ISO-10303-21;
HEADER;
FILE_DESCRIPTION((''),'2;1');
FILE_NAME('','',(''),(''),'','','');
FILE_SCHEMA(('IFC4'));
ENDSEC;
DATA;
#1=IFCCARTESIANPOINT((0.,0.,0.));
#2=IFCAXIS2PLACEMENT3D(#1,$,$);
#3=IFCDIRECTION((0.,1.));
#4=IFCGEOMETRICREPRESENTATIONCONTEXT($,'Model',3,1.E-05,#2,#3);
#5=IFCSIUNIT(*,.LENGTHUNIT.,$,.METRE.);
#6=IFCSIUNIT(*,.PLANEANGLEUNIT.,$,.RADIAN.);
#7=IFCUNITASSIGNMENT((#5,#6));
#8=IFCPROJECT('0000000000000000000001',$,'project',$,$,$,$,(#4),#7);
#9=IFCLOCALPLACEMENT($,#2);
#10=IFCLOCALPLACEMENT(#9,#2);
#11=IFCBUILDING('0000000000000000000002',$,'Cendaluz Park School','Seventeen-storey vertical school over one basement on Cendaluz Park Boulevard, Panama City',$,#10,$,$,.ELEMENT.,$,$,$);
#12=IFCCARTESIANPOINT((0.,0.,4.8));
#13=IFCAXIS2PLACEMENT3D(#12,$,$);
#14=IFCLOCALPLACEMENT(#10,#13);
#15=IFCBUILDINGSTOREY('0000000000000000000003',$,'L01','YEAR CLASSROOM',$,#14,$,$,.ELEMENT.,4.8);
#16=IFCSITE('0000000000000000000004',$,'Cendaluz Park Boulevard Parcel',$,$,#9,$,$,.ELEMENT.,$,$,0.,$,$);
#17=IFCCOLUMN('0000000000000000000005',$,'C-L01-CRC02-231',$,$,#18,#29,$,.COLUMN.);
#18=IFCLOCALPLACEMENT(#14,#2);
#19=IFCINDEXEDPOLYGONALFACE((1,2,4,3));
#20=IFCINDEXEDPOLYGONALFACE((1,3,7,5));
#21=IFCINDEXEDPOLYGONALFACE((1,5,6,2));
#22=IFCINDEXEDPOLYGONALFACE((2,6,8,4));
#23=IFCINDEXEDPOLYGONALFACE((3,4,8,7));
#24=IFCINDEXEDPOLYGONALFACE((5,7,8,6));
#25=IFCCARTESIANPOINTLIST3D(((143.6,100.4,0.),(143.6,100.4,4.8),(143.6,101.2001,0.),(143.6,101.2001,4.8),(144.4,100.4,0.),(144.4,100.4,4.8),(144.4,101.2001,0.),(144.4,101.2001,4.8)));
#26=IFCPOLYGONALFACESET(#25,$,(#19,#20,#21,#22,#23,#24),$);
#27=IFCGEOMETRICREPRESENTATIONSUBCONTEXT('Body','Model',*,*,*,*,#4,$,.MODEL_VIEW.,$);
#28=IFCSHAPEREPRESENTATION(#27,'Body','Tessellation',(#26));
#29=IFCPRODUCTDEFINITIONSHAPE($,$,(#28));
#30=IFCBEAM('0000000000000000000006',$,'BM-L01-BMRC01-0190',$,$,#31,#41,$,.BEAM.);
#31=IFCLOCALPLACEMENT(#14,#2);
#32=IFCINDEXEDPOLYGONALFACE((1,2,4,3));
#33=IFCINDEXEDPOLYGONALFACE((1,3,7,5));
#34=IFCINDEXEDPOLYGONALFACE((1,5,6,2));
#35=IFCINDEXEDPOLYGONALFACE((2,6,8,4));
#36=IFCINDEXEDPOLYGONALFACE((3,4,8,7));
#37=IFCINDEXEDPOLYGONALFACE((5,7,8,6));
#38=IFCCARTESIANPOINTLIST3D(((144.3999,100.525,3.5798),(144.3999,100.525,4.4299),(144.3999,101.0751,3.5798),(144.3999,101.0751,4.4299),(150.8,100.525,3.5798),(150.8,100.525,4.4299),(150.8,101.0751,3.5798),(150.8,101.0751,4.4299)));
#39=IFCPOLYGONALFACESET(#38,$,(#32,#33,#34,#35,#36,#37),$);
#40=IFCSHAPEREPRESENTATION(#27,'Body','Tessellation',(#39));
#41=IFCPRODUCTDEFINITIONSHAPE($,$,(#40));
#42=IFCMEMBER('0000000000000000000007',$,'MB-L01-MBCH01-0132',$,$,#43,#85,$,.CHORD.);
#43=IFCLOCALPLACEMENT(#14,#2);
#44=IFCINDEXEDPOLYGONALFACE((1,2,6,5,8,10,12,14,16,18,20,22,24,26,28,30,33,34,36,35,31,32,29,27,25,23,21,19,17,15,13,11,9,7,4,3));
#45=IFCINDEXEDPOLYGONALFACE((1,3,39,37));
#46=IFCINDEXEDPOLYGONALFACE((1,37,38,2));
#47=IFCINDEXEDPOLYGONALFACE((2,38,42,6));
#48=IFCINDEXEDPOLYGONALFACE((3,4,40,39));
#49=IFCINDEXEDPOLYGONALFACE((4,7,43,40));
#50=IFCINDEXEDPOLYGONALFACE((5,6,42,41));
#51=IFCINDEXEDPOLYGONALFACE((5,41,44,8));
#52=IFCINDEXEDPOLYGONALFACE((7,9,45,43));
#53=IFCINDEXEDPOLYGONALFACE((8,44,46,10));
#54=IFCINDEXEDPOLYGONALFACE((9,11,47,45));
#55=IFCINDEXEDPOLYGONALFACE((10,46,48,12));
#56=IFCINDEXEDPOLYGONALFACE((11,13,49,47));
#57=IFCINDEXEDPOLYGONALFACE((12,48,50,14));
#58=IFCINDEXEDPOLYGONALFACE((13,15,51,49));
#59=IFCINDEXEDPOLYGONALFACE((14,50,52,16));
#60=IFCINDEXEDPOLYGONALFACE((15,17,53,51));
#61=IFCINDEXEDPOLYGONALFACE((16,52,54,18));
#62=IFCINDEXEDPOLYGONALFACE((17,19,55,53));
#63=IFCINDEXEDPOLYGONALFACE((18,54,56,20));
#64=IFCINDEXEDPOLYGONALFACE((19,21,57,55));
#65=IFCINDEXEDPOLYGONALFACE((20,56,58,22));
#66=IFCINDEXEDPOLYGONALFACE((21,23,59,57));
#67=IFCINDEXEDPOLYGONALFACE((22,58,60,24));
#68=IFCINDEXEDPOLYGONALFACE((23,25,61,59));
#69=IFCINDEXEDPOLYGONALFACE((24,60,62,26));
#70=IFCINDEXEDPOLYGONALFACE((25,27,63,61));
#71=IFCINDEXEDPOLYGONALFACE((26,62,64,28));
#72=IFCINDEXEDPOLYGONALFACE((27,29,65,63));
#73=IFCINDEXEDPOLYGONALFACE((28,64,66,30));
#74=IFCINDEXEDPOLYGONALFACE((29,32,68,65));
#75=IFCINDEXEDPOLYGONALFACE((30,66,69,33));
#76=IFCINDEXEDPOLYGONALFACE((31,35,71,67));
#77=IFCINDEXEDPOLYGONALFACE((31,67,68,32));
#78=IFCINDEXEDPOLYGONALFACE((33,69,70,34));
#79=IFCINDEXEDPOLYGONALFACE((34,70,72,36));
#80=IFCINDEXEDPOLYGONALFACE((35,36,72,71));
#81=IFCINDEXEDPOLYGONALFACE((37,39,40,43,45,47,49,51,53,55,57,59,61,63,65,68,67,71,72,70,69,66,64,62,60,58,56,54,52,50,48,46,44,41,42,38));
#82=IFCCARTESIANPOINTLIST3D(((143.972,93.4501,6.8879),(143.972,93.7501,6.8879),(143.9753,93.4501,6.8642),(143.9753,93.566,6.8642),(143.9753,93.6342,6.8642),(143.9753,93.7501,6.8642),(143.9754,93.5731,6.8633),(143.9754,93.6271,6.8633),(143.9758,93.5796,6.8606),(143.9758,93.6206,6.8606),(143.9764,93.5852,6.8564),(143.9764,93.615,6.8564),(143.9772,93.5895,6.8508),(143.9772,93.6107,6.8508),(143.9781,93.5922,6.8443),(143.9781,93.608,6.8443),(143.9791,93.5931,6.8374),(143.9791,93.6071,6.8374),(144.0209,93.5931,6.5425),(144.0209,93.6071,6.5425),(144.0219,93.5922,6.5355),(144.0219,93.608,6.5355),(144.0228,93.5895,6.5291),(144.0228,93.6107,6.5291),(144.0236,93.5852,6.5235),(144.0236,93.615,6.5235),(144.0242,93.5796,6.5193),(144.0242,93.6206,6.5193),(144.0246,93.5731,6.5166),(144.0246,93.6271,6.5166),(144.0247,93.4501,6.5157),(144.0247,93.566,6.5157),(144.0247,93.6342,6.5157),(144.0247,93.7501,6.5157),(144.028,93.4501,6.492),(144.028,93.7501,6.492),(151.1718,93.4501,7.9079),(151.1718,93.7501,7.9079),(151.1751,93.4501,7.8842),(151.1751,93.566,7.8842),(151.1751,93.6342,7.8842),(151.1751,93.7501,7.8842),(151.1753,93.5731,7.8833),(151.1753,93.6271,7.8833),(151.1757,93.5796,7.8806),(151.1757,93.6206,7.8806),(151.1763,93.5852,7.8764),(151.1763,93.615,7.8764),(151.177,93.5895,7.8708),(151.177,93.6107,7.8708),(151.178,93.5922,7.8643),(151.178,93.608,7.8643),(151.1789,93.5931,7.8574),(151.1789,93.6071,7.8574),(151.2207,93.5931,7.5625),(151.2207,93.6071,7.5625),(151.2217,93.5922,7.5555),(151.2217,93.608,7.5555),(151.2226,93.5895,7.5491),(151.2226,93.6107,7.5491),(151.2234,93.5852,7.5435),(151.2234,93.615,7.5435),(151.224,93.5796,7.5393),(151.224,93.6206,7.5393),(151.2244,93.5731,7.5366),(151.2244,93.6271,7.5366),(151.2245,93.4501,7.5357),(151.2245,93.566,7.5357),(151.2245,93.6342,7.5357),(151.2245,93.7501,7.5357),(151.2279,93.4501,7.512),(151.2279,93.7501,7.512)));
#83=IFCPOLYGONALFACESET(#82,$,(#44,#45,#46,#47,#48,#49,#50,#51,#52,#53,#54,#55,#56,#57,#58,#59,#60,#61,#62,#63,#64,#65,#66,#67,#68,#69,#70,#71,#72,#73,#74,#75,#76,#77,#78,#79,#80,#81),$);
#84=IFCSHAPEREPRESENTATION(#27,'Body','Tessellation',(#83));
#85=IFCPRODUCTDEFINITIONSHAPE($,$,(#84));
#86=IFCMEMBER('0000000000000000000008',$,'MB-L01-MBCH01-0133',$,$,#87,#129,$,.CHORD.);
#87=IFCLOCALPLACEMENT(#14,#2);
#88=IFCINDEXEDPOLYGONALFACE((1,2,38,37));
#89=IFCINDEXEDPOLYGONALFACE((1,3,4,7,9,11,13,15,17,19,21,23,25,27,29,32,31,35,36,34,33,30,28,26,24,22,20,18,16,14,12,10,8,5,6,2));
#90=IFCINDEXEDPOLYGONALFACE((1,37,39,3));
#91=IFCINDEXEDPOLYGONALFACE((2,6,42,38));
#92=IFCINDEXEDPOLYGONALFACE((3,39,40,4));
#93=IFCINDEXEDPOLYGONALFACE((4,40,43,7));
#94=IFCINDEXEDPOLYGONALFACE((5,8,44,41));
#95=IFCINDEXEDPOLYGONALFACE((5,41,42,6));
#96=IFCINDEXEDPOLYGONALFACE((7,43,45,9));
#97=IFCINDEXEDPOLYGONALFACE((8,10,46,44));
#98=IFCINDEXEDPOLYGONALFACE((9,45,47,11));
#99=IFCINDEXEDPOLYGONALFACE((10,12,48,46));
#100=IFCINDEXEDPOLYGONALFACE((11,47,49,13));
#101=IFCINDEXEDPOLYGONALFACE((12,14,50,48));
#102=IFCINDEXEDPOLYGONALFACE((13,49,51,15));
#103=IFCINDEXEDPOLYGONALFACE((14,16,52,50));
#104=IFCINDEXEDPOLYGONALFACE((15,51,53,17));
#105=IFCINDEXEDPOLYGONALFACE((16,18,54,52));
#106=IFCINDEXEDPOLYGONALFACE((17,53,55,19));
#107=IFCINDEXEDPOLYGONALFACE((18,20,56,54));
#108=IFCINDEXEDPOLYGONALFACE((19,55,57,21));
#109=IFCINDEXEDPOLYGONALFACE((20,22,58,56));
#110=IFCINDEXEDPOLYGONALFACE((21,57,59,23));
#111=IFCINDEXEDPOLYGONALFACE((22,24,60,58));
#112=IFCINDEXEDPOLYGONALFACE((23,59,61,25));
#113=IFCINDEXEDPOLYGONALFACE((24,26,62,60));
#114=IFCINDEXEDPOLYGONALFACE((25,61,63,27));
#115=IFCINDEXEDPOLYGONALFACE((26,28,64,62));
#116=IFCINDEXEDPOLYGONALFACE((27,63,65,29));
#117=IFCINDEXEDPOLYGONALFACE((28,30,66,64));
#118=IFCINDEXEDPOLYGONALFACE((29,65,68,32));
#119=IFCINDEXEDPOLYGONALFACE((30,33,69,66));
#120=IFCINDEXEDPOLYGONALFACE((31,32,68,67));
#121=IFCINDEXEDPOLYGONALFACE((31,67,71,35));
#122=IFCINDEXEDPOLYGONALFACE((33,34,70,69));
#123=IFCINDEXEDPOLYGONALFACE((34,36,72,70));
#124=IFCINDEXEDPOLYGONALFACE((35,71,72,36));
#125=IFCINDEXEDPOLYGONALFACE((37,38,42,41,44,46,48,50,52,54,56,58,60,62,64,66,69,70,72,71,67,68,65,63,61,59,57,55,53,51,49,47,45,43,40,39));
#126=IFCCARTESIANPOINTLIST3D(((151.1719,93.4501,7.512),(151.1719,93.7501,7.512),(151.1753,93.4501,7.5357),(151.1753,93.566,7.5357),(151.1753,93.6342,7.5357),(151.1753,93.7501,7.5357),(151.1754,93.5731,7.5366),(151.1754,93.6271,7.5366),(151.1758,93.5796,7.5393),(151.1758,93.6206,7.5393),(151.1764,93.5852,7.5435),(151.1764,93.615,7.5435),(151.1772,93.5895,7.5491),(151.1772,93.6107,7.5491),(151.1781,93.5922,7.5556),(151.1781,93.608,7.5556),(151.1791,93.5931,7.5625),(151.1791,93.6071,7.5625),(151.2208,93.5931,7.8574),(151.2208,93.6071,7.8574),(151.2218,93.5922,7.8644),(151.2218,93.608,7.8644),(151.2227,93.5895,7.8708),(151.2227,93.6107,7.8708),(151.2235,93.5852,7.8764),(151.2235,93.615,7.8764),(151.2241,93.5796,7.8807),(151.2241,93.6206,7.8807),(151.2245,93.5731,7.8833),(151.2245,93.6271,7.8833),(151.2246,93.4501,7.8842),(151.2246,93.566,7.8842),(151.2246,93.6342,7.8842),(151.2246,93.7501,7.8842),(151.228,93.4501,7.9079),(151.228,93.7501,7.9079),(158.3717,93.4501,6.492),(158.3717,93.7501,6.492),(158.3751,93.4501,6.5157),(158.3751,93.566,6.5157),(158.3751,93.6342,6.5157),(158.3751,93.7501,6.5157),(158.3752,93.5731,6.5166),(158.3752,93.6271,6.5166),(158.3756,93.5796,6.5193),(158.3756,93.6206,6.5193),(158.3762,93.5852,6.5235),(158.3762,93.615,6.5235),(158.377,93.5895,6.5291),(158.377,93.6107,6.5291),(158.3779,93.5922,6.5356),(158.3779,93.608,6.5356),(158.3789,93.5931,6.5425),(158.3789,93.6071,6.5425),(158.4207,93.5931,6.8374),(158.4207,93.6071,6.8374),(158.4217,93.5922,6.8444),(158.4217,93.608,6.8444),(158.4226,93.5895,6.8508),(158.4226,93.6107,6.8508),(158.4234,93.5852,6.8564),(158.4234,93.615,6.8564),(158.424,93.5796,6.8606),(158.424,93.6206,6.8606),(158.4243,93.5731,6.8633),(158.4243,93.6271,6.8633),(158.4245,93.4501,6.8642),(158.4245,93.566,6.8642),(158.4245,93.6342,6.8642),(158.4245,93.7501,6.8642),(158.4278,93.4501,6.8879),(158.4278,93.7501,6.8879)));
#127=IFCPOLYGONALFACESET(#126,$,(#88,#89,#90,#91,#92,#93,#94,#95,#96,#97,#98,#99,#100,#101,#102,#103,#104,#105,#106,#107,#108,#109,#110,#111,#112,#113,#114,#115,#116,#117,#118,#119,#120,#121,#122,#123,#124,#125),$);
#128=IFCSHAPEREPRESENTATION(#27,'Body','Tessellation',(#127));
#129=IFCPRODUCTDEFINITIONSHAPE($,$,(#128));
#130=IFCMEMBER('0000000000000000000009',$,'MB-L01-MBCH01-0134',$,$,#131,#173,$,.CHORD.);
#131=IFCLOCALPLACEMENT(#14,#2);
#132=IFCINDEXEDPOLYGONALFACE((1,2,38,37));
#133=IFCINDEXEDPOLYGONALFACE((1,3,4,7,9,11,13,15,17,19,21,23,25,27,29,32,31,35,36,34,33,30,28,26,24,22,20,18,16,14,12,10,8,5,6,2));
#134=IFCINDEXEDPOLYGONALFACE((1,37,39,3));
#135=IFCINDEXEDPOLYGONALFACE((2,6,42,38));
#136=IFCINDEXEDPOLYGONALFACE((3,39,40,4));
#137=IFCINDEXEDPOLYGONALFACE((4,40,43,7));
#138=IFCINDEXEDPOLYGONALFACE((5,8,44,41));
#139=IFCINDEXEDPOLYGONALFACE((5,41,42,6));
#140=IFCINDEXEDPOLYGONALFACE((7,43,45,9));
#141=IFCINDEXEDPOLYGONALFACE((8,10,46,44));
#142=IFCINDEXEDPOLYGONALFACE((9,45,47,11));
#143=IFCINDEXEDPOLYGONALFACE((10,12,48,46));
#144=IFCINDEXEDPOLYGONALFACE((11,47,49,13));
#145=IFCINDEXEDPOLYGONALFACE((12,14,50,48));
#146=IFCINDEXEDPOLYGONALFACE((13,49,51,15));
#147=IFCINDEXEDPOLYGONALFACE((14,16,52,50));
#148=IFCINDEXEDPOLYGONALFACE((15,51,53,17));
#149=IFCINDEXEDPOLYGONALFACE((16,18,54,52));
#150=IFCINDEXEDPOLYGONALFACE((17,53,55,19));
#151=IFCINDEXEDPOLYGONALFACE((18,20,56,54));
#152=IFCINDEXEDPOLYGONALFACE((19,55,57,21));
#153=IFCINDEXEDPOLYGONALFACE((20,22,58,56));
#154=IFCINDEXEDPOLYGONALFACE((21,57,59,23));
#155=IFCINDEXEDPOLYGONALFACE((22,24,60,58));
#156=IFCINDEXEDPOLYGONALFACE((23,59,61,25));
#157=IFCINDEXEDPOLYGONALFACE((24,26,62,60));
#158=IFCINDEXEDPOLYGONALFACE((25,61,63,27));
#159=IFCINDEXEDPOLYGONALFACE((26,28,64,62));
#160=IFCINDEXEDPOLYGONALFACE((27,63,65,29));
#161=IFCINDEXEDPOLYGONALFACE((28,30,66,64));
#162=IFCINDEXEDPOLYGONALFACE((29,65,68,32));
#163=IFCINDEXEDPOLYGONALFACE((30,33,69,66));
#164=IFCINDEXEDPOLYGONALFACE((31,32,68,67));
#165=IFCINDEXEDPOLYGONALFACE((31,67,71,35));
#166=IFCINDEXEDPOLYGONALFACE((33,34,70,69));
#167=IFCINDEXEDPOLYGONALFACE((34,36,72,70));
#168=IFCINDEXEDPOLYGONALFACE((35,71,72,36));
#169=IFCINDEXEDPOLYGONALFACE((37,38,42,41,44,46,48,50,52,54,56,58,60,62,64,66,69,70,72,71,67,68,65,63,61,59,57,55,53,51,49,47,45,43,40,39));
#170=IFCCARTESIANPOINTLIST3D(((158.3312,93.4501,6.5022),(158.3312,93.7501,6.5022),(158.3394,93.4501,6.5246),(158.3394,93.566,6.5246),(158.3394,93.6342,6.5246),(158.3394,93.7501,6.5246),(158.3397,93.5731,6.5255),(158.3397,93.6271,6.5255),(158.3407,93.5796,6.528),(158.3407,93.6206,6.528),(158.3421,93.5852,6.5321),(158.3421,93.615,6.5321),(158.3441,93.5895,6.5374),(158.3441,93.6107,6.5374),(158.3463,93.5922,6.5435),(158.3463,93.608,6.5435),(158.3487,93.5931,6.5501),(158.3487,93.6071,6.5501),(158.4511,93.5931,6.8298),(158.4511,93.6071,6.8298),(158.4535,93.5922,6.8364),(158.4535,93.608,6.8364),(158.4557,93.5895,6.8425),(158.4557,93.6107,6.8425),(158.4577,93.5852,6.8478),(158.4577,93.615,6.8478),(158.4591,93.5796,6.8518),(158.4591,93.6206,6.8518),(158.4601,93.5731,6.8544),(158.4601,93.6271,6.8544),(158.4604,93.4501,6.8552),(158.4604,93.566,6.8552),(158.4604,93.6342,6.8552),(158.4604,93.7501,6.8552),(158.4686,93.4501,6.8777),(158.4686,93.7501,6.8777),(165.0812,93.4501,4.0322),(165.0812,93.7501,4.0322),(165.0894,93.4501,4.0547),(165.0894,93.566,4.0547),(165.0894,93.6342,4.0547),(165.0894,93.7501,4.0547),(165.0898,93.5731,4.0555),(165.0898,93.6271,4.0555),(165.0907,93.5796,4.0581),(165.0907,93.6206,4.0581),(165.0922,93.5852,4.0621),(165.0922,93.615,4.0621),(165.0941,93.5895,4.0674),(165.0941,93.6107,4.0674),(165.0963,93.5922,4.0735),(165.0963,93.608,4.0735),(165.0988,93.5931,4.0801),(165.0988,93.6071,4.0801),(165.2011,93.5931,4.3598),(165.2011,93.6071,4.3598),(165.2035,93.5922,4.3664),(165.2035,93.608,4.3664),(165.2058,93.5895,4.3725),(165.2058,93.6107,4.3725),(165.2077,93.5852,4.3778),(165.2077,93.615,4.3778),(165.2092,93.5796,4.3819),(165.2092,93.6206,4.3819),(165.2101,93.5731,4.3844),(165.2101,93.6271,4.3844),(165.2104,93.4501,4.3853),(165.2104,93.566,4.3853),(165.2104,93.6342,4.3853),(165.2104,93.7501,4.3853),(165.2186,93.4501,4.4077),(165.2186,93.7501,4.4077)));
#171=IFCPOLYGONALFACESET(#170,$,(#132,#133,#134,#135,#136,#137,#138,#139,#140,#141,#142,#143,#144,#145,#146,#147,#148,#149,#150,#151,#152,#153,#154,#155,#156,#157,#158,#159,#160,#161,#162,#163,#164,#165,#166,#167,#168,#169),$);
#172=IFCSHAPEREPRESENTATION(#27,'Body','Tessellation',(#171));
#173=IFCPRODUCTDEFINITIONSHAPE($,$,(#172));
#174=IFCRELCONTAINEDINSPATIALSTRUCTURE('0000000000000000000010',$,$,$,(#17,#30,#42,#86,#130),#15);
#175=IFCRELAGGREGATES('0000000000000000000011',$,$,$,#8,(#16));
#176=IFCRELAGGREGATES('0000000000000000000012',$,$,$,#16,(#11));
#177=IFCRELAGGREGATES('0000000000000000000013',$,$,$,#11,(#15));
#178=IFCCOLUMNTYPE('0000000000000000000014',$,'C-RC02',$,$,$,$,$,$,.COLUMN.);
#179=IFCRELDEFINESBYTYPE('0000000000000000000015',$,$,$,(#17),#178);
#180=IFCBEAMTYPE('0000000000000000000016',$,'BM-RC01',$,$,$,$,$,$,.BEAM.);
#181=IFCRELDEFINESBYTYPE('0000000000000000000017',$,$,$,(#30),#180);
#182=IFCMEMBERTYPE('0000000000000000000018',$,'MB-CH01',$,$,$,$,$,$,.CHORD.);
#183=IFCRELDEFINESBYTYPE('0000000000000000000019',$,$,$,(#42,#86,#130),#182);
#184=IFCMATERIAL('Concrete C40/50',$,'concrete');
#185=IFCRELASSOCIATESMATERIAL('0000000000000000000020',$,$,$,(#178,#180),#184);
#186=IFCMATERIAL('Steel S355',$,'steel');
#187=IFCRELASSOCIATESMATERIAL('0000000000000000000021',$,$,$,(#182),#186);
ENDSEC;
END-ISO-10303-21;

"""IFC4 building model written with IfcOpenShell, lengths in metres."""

from ifc_helpers import new_model, si_unit, direction, frame, origin, origin_2d, place, context, subcontext, project, spatial, rectangle, i_section, extrude, material, material_profile, profile_set, type_object, element, save


model = new_model("IFC4")

# Units and contexts
model_context = context("Model", 3, precision=1e-05, world=origin(), true_north=direction((0.0, 1.0)))
body_context = subcontext(model_context, "Body", "Model", "MODEL_VIEW")
ifc_project = project(units=[si_unit("LENGTHUNIT", "METRE"), si_unit("PLANEANGLEUNIT", "RADIAN")], contexts=[model_context])

# Site, building, storey
site_placement = place(None, origin())
site = spatial("IfcSite", under=ifc_project, at=site_placement, Name="Cendaluz Park Boulevard Parcel", CompositionType="ELEMENT", RefElevation=0.0)
building_placement = place(site_placement, origin())
building = spatial("IfcBuilding", under=site, at=building_placement, Name="Cendaluz Park School", Description="Seventeen-storey vertical school over one basement on Cendaluz Park Boulevard, Panama City", CompositionType="ELEMENT")
storey_placement = place(building_placement, frame((0.0, 0.0, 4.8)))
storey = spatial("IfcBuildingStorey", under=building, at=storey_placement, Name="L01", Description="YEAR CLASSROOM", CompositionType="ELEMENT", Elevation=4.8)

# Column
ifc_material_1 = material(Name="Concrete C40/50", Category="concrete")
ifc_material_profile_1 = material_profile(ifc_material_1, rectangle(XDim=0.8, YDim=0.8, at=origin_2d()), Name="RC 800x800", Category="concrete")
ifc_profile_set_1 = profile_set([ifc_material_profile_1], Name="Concrete C40/50")
column_type = type_object("IfcColumnType", Name="C-RC02", PredefinedType="COLUMN", material=ifc_profile_set_1)
column_placement = place(storey_placement, frame((144.0, 100.8, 0.0), z_axis=(0.0, 0.0, 1.0), x_axis=(1.0, 0.0, 0.0)))
element("IfcColumn", 1, at=column_placement, inside=storey, type_object=column_type, Name="C-L01-CRC02-231", PredefinedType="COLUMN", context=body_context, shape_type="SweptSolid", body=[
    extrude(rectangle(XDim=0.8, YDim=0.8, at=origin_2d()), origin(), (0.0, 0.0, 1.0), 4.8),
])

# Beam
ifc_material_profile_2 = material_profile(ifc_material_1, rectangle(XDim=0.55, YDim=0.8501, at=origin_2d()), Name="RC 550x850", Category="concrete")
ifc_profile_set_2 = profile_set([ifc_material_profile_2], Name="Concrete C40/50")
beam_type = type_object("IfcBeamType", Name="BM-RC01", PredefinedType="BEAM", material=ifc_profile_set_2)
beam_placement = place(storey_placement, frame((144.3999, 100.8, 4.0049), z_axis=(1.0, 0.0, 0.0), x_axis=(0.0, 1.0, 0.0)))
element("IfcBeam", 2, at=beam_placement, inside=storey, type_object=beam_type, Name="BM-L01-BMRC01-0190", PredefinedType="BEAM", context=body_context, shape_type="SweptSolid", body=[
    extrude(rectangle(XDim=0.55, YDim=0.8501, at=origin_2d()), origin(), (0.0, 0.0, 1.0), 6.4001),
])

# Members
ifc_material_2 = material(Name="Steel S355", Category="steel")
ifc_material_profile_3 = material_profile(ifc_material_2, i_section(OverallWidth=0.3, OverallDepth=0.3999, WebThickness=0.0139, FlangeThickness=0.0239, FilletRadius=0.0271, at=origin_2d()), Name="HEB 400", Category="steel")
ifc_profile_set_3 = profile_set([ifc_material_profile_3], Name="Steel S355")
member_type_1 = type_object("IfcMemberType", Name="MB-CH01", PredefinedType="CHORD", material=ifc_profile_set_3)
for number, where, z_axis, x_axis, name in (
    (3, (144.0, 93.6001, 6.6899), (0.990113, 0.0, 0.14027), (0.0, 1.0, 0.0), "MB-L01-MBCH01-0132"),
    (4, (151.2, 93.6001, 7.71), (0.990113, 0.0, -0.14027), (0.0, 1.0, 0.0), "MB-L01-MBCH01-0133"),
):
    element("IfcMember", number, at=place(storey_placement, frame(where, z_axis=z_axis, x_axis=x_axis)), inside=storey, type_object=member_type_1, Name=name, PredefinedType="CHORD", context=body_context, shape_type="SweptSolid", body=[
        extrude(i_section(OverallWidth=0.3, OverallDepth=0.3999, WebThickness=0.0139, FlangeThickness=0.0239, FilletRadius=0.0271, at=origin_2d()), origin(), (0.0, 0.0, 1.0), 7.2717),
    ])
member_1_placement = place(storey_placement, frame((158.3999, 93.6001, 6.6899), z_axis=(0.939102, 0.0, -0.343638), x_axis=(0.0, 1.0, 0.0)))
element("IfcMember", 5, at=member_1_placement, inside=storey, type_object=member_type_1, Name="MB-L01-MBCH01-0134", PredefinedType="CHORD", context=body_context, shape_type="SweptSolid", body=[
    extrude(i_section(OverallWidth=0.3, OverallDepth=0.3999, WebThickness=0.0139, FlangeThickness=0.0239, FilletRadius=0.0271, at=origin_2d()), origin(), (0.0, 0.0, 1.0), 7.1877),
])

save(model, "model.ifc")
